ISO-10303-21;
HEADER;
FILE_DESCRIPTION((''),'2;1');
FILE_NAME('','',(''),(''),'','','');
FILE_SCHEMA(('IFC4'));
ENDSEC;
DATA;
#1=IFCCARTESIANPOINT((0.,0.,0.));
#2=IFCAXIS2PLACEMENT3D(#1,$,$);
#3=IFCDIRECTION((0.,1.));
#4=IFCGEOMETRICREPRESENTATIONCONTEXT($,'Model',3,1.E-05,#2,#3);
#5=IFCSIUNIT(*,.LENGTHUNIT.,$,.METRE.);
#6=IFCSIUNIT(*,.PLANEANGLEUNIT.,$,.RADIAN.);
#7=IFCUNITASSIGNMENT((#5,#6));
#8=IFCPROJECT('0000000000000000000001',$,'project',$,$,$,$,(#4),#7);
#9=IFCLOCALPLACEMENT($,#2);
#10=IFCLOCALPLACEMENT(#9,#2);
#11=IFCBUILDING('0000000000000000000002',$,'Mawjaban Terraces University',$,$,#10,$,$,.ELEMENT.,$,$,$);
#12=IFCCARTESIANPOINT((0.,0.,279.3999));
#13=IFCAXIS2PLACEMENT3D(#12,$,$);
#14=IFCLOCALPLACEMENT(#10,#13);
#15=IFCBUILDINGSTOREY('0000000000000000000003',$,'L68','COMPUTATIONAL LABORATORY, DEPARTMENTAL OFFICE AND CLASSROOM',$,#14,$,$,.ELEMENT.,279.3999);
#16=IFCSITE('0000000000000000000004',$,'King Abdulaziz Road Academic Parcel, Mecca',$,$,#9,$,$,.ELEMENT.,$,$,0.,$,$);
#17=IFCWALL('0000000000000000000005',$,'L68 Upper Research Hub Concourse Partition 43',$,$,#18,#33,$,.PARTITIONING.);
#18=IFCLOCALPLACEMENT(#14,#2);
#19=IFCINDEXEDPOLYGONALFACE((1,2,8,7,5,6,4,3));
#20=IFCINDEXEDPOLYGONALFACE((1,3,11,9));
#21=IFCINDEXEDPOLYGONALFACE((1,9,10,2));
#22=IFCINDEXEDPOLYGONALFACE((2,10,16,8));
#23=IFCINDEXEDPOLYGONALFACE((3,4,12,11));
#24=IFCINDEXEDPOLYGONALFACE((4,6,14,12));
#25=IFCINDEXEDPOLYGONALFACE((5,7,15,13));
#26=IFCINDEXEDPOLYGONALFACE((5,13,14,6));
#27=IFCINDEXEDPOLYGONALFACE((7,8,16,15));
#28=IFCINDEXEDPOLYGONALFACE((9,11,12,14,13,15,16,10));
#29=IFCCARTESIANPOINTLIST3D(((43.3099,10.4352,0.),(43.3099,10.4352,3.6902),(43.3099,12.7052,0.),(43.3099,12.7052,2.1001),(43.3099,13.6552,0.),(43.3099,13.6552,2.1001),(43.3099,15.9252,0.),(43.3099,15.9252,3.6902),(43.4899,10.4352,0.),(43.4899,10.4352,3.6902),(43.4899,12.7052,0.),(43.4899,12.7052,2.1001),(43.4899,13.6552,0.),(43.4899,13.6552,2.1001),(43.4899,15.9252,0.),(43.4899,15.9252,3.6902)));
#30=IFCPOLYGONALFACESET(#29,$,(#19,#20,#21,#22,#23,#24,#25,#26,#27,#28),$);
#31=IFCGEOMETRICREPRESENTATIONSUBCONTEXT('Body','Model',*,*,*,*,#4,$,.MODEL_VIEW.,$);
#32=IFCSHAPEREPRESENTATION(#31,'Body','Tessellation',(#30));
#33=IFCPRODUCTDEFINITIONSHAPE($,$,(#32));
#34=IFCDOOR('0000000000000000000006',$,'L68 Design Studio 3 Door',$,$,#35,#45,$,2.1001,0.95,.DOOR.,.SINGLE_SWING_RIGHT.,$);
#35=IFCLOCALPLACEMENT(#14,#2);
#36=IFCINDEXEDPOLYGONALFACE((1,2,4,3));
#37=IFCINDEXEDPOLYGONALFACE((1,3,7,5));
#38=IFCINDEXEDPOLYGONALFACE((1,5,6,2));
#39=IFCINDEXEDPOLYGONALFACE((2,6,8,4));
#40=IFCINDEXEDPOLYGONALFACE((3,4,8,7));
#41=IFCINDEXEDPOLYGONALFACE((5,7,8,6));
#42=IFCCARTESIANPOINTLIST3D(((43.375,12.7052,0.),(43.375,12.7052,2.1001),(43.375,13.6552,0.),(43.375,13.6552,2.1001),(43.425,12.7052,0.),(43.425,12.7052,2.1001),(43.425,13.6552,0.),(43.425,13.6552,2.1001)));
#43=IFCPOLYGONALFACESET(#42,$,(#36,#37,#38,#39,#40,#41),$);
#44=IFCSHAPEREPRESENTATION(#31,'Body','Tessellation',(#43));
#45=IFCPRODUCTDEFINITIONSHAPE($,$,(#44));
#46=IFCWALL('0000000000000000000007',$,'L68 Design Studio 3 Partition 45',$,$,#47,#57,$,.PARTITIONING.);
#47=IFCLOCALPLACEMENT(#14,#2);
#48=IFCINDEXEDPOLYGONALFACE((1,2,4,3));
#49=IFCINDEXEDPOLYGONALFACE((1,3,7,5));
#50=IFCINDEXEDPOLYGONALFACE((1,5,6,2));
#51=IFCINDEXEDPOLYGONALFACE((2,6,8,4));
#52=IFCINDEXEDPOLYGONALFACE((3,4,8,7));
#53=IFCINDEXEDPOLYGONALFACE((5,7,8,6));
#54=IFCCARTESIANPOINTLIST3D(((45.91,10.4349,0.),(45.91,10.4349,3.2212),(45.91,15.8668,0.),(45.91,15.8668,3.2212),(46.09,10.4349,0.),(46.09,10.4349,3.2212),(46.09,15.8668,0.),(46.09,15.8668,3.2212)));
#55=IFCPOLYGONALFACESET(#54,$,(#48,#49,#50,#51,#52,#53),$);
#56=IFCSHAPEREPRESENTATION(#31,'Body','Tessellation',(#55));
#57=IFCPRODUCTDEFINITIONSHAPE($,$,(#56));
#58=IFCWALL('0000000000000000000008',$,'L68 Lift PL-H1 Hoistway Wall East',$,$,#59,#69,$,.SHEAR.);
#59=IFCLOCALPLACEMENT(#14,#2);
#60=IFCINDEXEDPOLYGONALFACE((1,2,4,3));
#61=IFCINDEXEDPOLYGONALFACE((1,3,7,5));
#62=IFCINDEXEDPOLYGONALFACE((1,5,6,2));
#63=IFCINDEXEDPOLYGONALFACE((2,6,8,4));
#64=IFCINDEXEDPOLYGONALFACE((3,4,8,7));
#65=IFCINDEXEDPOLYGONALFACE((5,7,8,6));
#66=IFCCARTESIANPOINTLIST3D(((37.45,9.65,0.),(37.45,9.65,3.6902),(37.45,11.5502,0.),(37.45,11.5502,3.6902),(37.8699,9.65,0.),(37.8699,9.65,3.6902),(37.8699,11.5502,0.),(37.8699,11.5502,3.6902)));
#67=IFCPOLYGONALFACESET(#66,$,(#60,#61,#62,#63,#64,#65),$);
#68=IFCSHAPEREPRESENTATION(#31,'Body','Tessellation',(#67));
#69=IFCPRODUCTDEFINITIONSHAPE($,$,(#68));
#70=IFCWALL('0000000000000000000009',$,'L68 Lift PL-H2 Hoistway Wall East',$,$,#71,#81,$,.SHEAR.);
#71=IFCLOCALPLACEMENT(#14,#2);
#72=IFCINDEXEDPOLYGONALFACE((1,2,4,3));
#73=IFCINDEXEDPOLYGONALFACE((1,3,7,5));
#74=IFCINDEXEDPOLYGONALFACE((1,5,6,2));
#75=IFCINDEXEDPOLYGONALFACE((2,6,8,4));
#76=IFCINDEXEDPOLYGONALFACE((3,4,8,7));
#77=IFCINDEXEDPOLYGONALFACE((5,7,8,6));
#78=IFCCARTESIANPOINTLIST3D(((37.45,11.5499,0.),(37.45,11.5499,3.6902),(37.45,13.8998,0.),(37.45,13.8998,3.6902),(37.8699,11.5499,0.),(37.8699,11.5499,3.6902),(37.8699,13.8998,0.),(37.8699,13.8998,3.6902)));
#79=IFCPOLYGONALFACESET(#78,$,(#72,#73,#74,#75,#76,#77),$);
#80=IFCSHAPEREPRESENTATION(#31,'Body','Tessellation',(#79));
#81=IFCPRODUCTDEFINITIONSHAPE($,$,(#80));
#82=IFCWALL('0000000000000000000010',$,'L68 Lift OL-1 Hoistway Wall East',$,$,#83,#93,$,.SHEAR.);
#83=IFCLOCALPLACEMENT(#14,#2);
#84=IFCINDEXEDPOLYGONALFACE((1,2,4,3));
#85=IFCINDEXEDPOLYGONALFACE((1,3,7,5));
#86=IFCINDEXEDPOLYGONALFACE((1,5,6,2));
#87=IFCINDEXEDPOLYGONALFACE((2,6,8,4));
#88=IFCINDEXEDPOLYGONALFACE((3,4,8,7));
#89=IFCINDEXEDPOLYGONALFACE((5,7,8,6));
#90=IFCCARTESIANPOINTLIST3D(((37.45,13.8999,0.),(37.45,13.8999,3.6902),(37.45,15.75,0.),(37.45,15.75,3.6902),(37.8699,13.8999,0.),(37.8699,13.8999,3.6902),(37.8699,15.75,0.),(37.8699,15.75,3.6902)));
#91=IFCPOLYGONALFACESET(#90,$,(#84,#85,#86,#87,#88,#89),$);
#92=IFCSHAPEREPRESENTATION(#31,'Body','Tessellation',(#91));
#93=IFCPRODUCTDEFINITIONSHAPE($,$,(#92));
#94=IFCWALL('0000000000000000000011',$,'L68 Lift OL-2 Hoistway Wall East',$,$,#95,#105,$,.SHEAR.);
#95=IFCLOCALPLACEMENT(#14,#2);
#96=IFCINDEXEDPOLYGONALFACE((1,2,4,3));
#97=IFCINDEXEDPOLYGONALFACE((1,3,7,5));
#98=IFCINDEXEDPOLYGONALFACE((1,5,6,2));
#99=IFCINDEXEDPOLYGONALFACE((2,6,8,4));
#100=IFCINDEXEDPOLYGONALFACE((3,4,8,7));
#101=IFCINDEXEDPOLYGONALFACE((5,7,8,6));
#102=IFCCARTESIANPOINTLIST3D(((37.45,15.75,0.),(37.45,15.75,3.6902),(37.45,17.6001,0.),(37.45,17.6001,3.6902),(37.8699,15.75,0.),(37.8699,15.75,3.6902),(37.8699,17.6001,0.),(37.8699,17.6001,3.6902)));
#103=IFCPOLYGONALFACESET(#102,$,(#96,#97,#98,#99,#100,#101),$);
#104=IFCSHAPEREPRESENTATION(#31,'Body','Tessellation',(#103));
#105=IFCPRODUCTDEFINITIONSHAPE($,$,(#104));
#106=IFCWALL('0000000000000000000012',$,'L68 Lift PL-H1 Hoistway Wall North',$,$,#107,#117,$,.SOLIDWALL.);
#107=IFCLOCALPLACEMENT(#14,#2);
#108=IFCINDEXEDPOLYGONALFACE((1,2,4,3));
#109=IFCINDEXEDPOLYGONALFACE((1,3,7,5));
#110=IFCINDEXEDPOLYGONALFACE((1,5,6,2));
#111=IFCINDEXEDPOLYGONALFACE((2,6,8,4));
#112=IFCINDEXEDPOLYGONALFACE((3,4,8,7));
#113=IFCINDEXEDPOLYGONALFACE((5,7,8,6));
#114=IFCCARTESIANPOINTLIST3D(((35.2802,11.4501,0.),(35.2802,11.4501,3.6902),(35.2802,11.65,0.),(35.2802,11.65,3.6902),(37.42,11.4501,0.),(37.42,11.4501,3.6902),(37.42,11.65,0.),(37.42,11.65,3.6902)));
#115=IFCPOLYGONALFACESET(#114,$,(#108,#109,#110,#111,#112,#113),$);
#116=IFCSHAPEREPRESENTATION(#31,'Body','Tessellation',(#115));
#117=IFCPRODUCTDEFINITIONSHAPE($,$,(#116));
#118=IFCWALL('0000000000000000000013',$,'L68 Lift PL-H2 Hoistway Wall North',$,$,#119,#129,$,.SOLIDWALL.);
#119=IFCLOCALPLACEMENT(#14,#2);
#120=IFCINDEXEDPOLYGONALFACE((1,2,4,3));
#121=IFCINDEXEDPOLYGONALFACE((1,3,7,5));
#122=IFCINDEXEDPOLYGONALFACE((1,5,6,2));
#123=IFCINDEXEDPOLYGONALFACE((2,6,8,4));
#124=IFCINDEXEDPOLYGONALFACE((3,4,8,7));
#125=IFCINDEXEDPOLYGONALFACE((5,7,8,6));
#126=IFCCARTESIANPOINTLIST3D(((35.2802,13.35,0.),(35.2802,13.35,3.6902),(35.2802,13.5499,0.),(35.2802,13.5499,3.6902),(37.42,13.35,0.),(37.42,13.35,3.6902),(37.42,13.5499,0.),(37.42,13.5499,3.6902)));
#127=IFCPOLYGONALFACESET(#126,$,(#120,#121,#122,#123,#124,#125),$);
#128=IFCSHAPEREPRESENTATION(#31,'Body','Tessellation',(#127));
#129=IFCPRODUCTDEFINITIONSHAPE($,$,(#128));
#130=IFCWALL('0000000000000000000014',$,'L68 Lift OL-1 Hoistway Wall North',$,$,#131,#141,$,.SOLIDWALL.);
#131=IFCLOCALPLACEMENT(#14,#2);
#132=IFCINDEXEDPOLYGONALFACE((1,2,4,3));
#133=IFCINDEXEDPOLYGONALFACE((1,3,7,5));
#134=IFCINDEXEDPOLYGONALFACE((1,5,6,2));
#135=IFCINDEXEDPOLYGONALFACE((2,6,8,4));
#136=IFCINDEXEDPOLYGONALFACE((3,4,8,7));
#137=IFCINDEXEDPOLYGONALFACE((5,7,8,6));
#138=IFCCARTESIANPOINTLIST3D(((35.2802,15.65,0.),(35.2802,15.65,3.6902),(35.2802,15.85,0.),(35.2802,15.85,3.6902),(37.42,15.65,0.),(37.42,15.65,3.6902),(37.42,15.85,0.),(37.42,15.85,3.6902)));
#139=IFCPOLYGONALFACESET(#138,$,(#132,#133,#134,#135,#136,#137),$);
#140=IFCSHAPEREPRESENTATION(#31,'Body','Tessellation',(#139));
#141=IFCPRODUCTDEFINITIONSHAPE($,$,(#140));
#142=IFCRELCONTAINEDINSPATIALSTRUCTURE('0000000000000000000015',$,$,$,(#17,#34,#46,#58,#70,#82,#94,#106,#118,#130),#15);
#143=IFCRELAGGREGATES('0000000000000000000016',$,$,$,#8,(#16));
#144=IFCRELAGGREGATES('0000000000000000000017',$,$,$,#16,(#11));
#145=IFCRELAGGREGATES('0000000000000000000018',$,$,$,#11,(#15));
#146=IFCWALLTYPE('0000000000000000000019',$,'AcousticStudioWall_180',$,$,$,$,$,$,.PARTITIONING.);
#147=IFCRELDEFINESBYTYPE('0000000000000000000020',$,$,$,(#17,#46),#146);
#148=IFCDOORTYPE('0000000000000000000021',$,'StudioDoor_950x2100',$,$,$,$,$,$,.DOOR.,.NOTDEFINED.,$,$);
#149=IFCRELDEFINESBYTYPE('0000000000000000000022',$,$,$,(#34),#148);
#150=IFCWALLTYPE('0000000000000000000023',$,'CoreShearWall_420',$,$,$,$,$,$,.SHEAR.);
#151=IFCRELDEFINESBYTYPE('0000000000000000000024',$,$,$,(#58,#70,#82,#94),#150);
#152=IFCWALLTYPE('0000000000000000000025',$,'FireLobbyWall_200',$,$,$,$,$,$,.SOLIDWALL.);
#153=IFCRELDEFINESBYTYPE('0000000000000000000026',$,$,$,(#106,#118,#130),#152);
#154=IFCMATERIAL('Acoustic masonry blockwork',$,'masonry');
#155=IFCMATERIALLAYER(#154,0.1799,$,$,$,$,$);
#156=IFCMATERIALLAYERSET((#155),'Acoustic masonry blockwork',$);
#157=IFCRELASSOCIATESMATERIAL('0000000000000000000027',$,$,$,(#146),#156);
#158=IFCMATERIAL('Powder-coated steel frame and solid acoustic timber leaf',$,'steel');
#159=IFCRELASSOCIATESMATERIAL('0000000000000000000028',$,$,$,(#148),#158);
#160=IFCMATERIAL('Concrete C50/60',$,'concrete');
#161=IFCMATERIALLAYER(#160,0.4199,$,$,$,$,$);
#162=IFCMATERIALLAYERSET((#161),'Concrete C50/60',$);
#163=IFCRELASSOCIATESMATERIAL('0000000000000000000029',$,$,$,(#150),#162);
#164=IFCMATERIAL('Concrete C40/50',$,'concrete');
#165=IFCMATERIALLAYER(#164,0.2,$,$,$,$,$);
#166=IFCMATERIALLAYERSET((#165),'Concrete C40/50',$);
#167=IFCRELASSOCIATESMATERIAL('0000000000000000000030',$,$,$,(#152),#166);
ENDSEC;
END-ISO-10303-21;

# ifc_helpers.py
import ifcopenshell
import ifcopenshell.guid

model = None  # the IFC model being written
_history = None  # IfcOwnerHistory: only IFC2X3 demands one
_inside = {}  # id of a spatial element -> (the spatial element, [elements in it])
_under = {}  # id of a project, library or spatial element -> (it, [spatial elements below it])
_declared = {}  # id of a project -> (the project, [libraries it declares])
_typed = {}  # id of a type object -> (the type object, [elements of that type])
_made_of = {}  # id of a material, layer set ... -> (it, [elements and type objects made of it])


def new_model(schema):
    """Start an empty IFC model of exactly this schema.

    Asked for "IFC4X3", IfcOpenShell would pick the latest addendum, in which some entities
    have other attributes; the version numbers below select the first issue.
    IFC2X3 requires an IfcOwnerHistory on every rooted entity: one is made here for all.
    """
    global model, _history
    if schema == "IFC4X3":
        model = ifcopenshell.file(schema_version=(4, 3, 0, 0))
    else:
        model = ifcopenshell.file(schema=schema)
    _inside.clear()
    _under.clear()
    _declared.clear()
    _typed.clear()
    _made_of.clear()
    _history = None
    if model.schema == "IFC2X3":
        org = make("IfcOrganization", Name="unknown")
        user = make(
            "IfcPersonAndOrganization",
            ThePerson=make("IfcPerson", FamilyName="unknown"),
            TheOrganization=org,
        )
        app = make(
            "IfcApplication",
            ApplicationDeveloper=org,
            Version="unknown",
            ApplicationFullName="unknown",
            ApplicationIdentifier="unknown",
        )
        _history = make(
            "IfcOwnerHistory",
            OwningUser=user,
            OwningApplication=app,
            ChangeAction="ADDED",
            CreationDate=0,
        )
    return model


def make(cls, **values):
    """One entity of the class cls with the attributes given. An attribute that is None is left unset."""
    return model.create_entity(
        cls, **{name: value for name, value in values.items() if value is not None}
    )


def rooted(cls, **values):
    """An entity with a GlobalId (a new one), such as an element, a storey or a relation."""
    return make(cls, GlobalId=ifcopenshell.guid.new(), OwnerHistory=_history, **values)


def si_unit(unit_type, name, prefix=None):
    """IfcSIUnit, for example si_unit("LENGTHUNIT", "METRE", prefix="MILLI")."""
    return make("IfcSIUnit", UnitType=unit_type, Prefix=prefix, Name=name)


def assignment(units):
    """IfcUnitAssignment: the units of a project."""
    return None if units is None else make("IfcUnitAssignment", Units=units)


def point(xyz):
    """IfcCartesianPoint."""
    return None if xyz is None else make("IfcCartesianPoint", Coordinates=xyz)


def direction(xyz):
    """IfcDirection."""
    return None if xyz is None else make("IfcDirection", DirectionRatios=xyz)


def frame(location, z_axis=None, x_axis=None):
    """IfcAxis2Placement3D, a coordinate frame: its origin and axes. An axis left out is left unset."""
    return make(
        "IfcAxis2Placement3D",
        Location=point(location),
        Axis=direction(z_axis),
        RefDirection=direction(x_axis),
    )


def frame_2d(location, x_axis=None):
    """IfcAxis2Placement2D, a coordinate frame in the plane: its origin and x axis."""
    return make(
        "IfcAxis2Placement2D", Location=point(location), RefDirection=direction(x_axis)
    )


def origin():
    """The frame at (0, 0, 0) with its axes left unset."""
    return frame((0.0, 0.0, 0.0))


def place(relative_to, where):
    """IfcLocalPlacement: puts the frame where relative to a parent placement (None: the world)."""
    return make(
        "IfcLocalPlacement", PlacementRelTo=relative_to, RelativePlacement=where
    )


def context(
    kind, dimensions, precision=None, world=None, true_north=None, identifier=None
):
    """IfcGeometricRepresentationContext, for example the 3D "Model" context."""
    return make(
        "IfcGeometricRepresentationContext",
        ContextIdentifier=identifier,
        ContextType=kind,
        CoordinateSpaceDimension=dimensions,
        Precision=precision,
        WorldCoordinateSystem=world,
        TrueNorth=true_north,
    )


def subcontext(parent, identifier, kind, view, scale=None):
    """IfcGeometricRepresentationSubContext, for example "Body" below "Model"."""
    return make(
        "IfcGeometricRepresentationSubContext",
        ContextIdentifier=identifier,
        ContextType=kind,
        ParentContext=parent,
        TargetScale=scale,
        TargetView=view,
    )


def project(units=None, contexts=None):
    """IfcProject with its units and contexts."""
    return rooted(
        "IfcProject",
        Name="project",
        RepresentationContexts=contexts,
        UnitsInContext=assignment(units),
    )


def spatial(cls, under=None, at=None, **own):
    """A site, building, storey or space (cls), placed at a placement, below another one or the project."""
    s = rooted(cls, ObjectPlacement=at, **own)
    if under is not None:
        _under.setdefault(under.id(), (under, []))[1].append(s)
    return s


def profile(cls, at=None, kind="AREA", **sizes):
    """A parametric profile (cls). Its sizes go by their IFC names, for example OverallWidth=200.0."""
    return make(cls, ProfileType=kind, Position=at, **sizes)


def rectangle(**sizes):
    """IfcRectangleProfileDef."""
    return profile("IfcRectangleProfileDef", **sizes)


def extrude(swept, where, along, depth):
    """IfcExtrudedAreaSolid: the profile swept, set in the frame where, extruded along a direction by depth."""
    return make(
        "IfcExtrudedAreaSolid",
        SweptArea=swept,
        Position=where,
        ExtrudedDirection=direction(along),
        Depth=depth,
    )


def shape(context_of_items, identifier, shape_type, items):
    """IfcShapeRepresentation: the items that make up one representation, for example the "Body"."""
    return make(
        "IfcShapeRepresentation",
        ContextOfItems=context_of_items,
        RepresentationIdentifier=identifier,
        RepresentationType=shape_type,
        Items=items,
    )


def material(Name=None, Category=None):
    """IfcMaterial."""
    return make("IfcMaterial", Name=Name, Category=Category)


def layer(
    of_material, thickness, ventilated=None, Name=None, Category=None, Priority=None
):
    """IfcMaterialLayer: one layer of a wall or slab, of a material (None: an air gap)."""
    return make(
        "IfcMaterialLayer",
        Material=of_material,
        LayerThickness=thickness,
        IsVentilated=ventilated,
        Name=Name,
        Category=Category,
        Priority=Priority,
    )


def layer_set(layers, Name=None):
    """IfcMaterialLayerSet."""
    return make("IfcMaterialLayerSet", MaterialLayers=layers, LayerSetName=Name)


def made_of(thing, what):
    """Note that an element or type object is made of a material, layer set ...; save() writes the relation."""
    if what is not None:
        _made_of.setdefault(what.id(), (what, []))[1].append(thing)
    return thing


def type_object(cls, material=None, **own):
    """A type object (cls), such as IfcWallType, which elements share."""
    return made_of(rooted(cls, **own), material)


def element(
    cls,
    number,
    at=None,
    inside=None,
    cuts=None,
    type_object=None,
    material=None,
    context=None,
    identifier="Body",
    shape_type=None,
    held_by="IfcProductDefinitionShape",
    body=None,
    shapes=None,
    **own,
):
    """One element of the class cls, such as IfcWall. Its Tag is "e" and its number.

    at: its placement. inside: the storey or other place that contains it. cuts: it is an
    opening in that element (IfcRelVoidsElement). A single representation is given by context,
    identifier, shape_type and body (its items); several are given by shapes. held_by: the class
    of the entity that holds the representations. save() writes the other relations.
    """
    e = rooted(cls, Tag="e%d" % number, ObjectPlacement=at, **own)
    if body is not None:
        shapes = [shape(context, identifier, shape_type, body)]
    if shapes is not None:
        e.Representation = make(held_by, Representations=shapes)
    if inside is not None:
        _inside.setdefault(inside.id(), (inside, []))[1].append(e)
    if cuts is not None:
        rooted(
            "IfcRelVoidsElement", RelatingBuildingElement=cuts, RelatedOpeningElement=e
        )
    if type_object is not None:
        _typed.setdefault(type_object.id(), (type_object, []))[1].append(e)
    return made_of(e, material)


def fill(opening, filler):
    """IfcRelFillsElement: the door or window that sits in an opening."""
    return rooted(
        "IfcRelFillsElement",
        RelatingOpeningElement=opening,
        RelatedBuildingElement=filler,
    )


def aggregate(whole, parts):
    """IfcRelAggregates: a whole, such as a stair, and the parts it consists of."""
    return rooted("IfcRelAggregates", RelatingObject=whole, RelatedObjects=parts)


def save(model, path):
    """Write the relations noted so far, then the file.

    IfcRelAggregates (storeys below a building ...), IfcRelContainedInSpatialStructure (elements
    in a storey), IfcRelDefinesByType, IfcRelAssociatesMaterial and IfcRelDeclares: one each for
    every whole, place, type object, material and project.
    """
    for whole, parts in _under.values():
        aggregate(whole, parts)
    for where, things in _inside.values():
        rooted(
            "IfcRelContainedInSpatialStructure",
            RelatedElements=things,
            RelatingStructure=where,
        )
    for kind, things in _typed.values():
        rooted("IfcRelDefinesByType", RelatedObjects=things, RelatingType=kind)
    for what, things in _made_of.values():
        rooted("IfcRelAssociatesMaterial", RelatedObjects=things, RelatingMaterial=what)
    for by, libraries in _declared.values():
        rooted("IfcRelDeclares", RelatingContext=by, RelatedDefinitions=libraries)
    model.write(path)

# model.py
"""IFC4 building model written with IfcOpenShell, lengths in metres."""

from ifc_helpers import new_model, si_unit, direction, frame, frame_2d, origin, place, context, subcontext, project, spatial, rectangle, extrude, material, layer, layer_set, type_object, element, fill, save


model = new_model("IFC4")

# Units and contexts
model_context = context("Model", 3, precision=1e-05, world=origin(), true_north=direction((0.0, 1.0)))
body_context = subcontext(model_context, "Body", "Model", "MODEL_VIEW")
ifc_project = project(units=[si_unit("LENGTHUNIT", "METRE"), si_unit("PLANEANGLEUNIT", "RADIAN")], contexts=[model_context])

# Site, building, storey
site_placement = place(None, origin())
site = spatial("IfcSite", under=ifc_project, at=site_placement, Name="King Abdulaziz Road Academic Parcel, Mecca", CompositionType="ELEMENT", RefElevation=0.0)
building_placement = place(site_placement, origin())
building = spatial("IfcBuilding", under=site, at=building_placement, Name="Mawjaban Terraces University", CompositionType="ELEMENT")
storey_placement = place(building_placement, frame((0.0, 0.0, 279.3999)))
storey = spatial("IfcBuildingStorey", under=building, at=storey_placement, Name="L68", Description="COMPUTATIONAL LABORATORY, DEPARTMENTAL OFFICE AND CLASSROOM", CompositionType="ELEMENT", Elevation=279.3999)

# Shared definitions
ifc_material_1 = material(Name="Concrete C50/60", Category="concrete")

# Shared definitions
ifc_material_2 = material(Name="Acoustic masonry blockwork", Category="masonry")
ifc_layer_1 = layer(ifc_material_2, 0.1799)
ifc_layer_set_1 = layer_set([ifc_layer_1], Name="Acoustic masonry blockwork")
wall_type_1 = type_object("IfcWallType", Name="AcousticStudioWall_180", PredefinedType="PARTITIONING", material=ifc_layer_set_1)

# Wall, opening, door
wall_1_placement = place(storey_placement, frame((43.3999, 10.4351, 0.0), z_axis=(0.0, 0.0, 1.0), x_axis=(0.0, 1.0, 0.0)))
wall_1 = element("IfcWall", 1, at=wall_1_placement, inside=storey, type_object=wall_type_1, Name="L68 Upper Research Hub Concourse Partition 43", PredefinedType="PARTITIONING", context=body_context, shape_type="SweptSolid", body=[
    extrude(rectangle(XDim=5.49, YDim=0.1799, at=frame_2d((2.7451, 0.0))), origin(), (0.0, 0.0, 1.0), 3.6902),
])
opening_placement = place(wall_1_placement, frame((2.27, 0.0, 0.0)))
opening = element("IfcOpeningElement", 2, at=opening_placement, cuts=wall_1, PredefinedType="OPENING", context=body_context, shape_type="SweptSolid", body=[
    extrude(rectangle(XDim=0.95, YDim=2.1001, at=frame_2d((0.4751, 1.05))), frame((0.0, 0.0999, 0.0), z_axis=(0.0, -1.0, 0.0), x_axis=(1.0, 0.0, 0.0)), (0.0, 0.0, 1.0), 0.2),
])
ifc_material_3 = material(Name="Powder-coated steel frame and solid acoustic timber leaf", Category="steel")
door_type = type_object("IfcDoorType", Name="StudioDoor_950x2100", OperationType="NOTDEFINED", PredefinedType="DOOR", material=ifc_material_3)
door_placement = place(opening_placement, origin())
door = element("IfcDoor", 3, at=door_placement, inside=storey, type_object=door_type, Name="L68 Design Studio 3 Door", OperationType="SINGLE_SWING_RIGHT", OverallHeight=2.1001, OverallWidth=0.95, PredefinedType="DOOR", context=body_context, shape_type="SweptSolid", body=[
    extrude(rectangle(XDim=0.95, YDim=2.1001, at=frame_2d((0.4751, 1.05))), frame((0.0, 0.0249, 0.0), z_axis=(0.0, -1.0, 0.0), x_axis=(1.0, 0.0, 0.0)), (0.0, 0.0, 1.0), 0.05),
])
fill(opening, door)

# Walls
wall_2_placement = place(storey_placement, frame((46.0, 10.4351, 0.0), z_axis=(0.0, 0.0, 1.0), x_axis=(0.0, 1.0, 0.0)))
element("IfcWall", 4, at=wall_2_placement, inside=storey, type_object=wall_type_1, Name="L68 Design Studio 3 Partition 45", PredefinedType="PARTITIONING", context=body_context, shape_type="SweptSolid", body=[
    extrude(rectangle(XDim=5.4319, YDim=0.1799, at=frame_2d((2.7158, 0.0))), origin(), (0.0, 0.0, 1.0), 3.2212),
])
ifc_layer_2 = layer(ifc_material_1, 0.4199)
ifc_layer_set_2 = layer_set([ifc_layer_2], Name="Concrete C50/60")
wall_type_2 = type_object("IfcWallType", Name="CoreShearWall_420", PredefinedType="SHEAR", material=ifc_layer_set_2)
wall_3_placement = place(storey_placement, frame((37.6599, 9.6499, 0.0), z_axis=(0.0, 0.0, 1.0), x_axis=(0.0, 1.0, 0.0)))
element("IfcWall", 5, at=wall_3_placement, inside=storey, type_object=wall_type_2, Name="L68 Lift PL-H1 Hoistway Wall East", PredefinedType="SHEAR", context=body_context, shape_type="SweptSolid", body=[
    extrude(rectangle(XDim=1.9001, YDim=0.4199, at=frame_2d((0.9502, 0.0))), origin(), (0.0, 0.0, 1.0), 3.6902),
])
wall_4_placement = place(storey_placement, frame((37.6599, 11.55, 0.0), z_axis=(0.0, 0.0, 1.0), x_axis=(0.0, 1.0, 0.0)))
element("IfcWall", 6, at=wall_4_placement, inside=storey, type_object=wall_type_2, Name="L68 Lift PL-H2 Hoistway Wall East", PredefinedType="SHEAR", context=body_context, shape_type="SweptSolid", body=[
    extrude(rectangle(XDim=2.3499, YDim=0.4199, at=frame_2d((1.1748, 0.0))), origin(), (0.0, 0.0, 1.0), 3.6902),
])
for number, where, z_axis, x_axis, name in (
    (7, (37.6599, 13.8999, 0.0), (0.0, 0.0, 1.0), (0.0, 1.0, 0.0), "L68 Lift OL-1 Hoistway Wall East"),
    (8, (37.6599, 15.75, 0.0), (0.0, 0.0, 1.0), (0.0, 1.0, 0.0), "L68 Lift OL-2 Hoistway Wall East"),
):
    element("IfcWall", number, at=place(storey_placement, frame(where, z_axis=z_axis, x_axis=x_axis)), inside=storey, type_object=wall_type_2, Name=name, PredefinedType="SHEAR", context=body_context, shape_type="SweptSolid", body=[
        extrude(rectangle(XDim=1.8501, YDim=0.4199, at=frame_2d((0.925, 0.0))), origin(), (0.0, 0.0, 1.0), 3.6902),
    ])
ifc_material_4 = material(Name="Concrete C40/50", Category="concrete")
ifc_layer_3 = layer(ifc_material_4, 0.2)
ifc_layer_set_3 = layer_set([ifc_layer_3], Name="Concrete C40/50")
wall_type_3 = type_object("IfcWallType", Name="FireLobbyWall_200", PredefinedType="SOLIDWALL", material=ifc_layer_set_3)
for number, where, z_axis, x_axis, name in (
    (9, (37.4199, 11.55, 0.0), (0.0, 0.0, 1.0), (-1.0, 0.0, 0.0), "L68 Lift PL-H1 Hoistway Wall North"),
    (10, (37.4199, 13.45, 0.0), (0.0, 0.0, 1.0), (-1.0, 0.0, 0.0), "L68 Lift PL-H2 Hoistway Wall North"),
    (11, (37.4199, 15.75, 0.0), (0.0, 0.0, 1.0), (-1.0, 0.0, 0.0), "L68 Lift OL-1 Hoistway Wall North"),
):
    element("IfcWall", number, at=place(storey_placement, frame(where, z_axis=z_axis, x_axis=x_axis)), inside=storey, type_object=wall_type_3, Name=name, PredefinedType="SOLIDWALL", context=body_context, shape_type="SweptSolid", body=[
        extrude(rectangle(XDim=2.1399, YDim=0.2, at=frame_2d((1.0698, 0.0))), origin(), (0.0, 0.0, 1.0), 3.6902),
    ])

save(model, "model.ifc")
